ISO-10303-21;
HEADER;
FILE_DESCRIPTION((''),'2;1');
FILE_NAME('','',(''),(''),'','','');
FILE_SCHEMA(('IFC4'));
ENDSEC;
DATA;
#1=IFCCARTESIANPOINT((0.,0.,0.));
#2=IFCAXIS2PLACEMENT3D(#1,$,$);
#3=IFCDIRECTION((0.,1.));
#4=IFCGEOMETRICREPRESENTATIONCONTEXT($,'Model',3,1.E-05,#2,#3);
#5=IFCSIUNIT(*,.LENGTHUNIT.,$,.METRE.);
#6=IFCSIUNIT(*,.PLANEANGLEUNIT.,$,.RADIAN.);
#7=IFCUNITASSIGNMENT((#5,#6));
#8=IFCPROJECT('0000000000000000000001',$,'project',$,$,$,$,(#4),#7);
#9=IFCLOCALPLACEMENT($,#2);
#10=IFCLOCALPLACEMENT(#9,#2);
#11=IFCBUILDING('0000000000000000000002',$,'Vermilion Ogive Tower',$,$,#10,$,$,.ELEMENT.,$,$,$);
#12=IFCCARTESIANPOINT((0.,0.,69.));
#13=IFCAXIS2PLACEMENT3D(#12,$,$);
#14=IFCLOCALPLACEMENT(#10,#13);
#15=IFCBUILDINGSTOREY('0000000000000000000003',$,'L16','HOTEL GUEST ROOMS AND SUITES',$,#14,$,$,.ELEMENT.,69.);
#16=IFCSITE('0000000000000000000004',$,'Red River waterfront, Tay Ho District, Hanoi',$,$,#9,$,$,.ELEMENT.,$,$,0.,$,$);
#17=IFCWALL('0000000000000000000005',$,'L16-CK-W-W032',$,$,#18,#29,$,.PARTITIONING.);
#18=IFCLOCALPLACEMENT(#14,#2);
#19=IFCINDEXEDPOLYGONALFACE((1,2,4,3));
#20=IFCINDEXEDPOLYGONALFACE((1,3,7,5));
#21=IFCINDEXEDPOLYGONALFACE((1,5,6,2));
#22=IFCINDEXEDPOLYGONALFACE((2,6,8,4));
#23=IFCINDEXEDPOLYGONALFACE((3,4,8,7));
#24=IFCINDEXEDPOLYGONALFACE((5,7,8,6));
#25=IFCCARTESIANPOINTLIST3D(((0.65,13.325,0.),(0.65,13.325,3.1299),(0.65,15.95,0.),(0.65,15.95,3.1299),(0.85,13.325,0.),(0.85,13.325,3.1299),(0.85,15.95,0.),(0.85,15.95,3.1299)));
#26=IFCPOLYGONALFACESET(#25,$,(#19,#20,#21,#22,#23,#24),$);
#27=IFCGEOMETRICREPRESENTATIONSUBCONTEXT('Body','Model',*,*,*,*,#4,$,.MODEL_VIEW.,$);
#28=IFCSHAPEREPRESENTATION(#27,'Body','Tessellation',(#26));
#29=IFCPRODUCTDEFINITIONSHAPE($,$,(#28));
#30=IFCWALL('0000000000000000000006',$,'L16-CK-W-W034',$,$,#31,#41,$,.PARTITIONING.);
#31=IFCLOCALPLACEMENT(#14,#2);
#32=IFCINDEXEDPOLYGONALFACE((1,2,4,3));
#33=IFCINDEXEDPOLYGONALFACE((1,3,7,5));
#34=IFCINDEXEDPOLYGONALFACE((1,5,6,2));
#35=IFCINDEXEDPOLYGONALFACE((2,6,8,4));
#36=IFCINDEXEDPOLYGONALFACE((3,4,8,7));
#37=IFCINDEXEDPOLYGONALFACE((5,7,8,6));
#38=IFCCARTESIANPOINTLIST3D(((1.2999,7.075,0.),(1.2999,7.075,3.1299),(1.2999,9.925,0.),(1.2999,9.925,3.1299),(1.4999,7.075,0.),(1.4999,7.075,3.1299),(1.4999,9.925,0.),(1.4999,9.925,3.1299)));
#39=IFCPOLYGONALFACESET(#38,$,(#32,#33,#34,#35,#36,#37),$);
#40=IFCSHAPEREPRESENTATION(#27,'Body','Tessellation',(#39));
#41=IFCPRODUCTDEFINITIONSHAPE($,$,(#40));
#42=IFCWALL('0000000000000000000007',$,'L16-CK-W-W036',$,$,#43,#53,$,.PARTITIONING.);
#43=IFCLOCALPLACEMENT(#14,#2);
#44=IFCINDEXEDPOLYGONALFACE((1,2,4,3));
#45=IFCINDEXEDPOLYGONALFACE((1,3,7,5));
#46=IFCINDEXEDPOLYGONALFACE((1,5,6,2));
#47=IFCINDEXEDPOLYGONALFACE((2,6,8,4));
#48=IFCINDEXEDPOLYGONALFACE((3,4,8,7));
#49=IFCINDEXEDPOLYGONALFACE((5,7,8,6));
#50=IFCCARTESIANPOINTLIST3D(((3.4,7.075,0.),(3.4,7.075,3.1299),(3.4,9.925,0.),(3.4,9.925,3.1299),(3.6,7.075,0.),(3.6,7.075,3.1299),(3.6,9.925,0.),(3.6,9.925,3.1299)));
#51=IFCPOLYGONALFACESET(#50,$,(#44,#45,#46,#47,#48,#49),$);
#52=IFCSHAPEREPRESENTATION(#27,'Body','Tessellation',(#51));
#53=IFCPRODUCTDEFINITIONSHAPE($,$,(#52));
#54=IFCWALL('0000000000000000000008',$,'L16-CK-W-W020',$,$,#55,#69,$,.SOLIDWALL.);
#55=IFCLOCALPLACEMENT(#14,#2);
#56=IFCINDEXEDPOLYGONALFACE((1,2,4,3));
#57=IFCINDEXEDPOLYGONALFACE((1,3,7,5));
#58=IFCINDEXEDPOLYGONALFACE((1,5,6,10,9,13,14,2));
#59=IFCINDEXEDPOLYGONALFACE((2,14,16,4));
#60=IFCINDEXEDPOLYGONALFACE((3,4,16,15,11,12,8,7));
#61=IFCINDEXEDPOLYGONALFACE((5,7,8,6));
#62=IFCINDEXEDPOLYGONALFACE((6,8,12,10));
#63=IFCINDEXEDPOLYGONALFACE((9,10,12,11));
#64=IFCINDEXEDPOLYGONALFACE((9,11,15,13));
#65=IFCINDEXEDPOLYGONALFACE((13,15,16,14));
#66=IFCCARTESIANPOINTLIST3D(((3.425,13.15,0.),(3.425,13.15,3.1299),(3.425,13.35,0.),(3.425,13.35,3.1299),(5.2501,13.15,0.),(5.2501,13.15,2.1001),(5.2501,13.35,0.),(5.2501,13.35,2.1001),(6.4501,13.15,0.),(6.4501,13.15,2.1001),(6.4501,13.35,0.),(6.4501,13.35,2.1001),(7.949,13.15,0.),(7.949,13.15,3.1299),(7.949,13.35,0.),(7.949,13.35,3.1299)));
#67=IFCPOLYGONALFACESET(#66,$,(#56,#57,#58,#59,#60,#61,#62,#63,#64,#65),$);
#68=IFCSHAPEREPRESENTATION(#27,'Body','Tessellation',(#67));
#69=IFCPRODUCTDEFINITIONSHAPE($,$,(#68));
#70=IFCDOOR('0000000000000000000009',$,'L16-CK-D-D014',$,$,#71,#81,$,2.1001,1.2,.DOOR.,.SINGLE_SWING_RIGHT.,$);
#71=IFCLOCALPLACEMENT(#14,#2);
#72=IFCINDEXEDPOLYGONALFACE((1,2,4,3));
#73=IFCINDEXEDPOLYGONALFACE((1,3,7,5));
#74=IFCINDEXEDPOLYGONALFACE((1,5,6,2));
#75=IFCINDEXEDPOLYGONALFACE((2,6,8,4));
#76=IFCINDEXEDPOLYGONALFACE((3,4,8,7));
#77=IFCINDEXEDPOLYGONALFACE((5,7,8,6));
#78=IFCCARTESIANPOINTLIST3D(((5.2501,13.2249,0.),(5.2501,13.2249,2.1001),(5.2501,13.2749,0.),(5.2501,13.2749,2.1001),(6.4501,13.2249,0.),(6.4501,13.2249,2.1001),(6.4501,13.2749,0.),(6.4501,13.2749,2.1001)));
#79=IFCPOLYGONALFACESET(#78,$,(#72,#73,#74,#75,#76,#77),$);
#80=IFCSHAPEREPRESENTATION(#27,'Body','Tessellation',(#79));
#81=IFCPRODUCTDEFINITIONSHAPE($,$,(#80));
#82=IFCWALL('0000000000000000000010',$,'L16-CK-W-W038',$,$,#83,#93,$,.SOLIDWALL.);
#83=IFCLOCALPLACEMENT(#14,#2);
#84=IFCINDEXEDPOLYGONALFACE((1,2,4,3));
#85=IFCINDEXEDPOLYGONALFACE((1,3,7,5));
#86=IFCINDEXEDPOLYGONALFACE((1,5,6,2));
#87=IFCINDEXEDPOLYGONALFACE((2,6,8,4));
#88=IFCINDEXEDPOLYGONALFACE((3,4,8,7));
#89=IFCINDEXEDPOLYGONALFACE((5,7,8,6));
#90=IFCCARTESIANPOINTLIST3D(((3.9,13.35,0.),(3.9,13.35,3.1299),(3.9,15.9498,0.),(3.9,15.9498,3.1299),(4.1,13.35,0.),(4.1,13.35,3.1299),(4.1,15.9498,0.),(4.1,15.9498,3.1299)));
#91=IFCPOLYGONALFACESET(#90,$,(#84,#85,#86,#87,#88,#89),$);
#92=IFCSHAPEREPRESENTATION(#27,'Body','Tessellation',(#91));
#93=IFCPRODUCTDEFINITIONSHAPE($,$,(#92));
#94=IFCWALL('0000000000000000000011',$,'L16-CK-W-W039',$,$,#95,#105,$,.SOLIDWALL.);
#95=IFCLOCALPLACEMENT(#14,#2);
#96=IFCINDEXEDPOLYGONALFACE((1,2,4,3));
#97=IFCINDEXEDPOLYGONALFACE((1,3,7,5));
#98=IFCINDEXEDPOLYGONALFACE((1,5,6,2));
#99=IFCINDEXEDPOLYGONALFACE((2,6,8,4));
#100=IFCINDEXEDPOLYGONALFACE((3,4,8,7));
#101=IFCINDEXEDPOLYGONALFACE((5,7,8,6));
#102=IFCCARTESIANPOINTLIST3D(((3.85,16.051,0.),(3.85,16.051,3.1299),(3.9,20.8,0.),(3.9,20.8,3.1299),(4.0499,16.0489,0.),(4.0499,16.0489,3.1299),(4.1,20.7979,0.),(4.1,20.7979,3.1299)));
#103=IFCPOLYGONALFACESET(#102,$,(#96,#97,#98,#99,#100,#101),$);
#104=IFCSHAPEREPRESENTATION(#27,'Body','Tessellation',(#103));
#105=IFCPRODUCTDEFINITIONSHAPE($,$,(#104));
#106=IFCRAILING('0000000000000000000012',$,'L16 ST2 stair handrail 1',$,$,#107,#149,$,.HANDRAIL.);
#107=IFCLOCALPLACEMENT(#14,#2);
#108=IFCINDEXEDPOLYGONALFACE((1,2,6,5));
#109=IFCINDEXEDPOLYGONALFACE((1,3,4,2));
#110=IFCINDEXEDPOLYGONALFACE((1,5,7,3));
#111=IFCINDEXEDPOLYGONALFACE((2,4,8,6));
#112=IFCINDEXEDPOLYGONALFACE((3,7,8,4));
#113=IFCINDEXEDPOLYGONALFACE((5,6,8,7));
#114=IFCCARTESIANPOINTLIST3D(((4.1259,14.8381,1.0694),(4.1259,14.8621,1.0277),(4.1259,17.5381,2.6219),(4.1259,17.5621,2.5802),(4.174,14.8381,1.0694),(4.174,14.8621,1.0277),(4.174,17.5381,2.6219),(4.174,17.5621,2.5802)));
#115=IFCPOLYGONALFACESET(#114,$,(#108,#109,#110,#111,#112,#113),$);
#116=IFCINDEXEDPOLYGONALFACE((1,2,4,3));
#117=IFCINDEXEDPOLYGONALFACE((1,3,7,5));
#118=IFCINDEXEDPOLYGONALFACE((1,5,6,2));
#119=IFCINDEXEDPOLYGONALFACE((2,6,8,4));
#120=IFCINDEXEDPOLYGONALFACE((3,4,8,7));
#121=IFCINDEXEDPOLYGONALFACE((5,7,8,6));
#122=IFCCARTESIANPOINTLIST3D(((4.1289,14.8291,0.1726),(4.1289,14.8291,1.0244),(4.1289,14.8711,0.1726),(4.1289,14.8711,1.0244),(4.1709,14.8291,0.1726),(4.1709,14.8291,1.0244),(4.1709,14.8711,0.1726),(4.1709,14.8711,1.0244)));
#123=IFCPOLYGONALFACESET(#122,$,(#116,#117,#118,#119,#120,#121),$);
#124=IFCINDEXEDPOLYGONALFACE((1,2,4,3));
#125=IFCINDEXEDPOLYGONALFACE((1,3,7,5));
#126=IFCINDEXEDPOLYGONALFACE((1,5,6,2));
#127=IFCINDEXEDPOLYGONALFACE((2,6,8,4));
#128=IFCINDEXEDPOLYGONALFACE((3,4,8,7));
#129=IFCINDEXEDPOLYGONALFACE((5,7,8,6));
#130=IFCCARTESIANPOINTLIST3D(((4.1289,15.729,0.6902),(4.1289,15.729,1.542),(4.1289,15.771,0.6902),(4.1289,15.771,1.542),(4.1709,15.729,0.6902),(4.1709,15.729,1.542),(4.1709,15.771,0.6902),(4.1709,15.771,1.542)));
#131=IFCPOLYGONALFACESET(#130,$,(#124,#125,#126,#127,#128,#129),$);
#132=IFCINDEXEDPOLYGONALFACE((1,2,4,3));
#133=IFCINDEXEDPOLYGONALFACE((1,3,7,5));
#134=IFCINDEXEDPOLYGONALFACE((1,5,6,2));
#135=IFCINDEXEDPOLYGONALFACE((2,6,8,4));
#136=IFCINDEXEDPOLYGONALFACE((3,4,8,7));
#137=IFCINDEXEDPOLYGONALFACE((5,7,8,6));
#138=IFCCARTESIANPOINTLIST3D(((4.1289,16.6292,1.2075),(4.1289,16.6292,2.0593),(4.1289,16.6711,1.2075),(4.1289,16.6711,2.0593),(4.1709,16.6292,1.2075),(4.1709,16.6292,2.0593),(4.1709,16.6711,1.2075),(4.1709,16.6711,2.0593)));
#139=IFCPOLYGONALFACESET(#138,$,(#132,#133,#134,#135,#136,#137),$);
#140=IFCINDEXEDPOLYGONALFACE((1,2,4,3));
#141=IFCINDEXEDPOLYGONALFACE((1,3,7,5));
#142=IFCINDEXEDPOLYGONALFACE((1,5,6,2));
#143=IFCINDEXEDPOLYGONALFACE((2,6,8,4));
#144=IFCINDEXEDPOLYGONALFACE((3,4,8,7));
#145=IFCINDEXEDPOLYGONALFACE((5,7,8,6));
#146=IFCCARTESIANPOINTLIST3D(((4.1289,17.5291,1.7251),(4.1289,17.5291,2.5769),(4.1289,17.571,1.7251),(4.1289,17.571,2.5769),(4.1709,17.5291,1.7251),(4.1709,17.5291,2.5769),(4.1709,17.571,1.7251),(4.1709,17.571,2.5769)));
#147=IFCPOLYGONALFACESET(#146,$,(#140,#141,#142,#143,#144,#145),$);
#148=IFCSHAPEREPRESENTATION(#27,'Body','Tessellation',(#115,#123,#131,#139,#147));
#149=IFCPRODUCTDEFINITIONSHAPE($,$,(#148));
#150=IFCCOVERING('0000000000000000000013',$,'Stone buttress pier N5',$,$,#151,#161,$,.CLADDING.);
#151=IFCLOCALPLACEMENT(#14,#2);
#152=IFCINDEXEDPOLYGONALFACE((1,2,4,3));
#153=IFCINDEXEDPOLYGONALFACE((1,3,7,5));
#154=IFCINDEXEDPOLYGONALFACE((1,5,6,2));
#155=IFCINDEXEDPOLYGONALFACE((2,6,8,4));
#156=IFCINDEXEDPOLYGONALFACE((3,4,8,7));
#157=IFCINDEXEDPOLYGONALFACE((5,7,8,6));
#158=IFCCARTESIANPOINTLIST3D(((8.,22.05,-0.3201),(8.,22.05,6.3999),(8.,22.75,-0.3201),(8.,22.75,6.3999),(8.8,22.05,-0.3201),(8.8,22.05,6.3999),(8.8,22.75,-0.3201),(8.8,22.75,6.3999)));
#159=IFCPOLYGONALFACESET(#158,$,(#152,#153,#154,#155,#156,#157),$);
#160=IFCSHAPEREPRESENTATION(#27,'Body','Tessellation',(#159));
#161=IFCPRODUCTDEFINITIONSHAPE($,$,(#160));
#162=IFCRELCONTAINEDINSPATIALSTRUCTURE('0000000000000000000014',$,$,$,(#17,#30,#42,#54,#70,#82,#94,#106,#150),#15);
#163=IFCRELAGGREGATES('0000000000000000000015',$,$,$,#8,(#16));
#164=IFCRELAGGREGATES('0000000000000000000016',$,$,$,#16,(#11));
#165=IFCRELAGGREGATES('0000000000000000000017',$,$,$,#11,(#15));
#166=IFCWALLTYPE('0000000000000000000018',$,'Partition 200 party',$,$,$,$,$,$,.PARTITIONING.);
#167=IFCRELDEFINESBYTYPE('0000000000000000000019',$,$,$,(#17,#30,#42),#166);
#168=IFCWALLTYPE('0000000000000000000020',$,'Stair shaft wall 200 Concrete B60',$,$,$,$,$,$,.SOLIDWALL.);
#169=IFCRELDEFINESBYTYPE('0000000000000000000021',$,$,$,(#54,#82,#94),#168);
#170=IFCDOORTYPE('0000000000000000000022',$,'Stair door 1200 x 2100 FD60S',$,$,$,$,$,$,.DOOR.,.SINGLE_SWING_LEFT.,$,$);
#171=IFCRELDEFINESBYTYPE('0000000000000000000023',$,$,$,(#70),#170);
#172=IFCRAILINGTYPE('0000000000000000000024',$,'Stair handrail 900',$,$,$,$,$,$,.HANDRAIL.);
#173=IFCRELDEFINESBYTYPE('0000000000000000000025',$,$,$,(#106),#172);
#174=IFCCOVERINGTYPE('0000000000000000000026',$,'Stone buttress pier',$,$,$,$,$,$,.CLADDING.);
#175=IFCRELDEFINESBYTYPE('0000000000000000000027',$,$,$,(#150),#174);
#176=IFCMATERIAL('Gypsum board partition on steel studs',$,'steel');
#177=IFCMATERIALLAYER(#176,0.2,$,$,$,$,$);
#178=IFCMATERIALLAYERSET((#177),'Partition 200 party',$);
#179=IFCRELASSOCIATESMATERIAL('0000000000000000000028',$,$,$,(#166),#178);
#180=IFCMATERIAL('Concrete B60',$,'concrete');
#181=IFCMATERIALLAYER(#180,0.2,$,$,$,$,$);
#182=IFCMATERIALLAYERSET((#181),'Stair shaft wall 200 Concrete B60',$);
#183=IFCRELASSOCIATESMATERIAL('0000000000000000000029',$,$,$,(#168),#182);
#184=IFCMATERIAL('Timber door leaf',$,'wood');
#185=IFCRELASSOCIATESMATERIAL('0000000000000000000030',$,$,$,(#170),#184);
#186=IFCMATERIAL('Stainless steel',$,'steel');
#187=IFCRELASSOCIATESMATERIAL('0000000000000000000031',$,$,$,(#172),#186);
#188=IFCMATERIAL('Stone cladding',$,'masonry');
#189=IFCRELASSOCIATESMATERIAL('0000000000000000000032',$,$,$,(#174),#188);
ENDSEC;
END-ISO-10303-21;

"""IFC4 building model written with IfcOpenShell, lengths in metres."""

from ifc_helpers import new_model, si_unit, direction, frame, frame_2d, origin, origin_2d, place, context, subcontext, project, spatial, polyline, rectangle, outline, extrude, material, layer, layer_set, type_object, element, fill, save


model = new_model("IFC4")

# Units and contexts
model_context = context("Model", 3, precision=1e-05, world=origin(), true_north=direction((0.0, 1.0)))
body_context = subcontext(model_context, "Body", "Model", "MODEL_VIEW")
ifc_project = project(units=[si_unit("LENGTHUNIT", "METRE"), si_unit("PLANEANGLEUNIT", "RADIAN")], contexts=[model_context])

# Site, building, storey
site_placement = place(None, origin())
site = spatial("IfcSite", under=ifc_project, at=site_placement, Name="Red River waterfront, Tay Ho District, Hanoi", CompositionType="ELEMENT", RefElevation=0.0)
building_placement = place(site_placement, origin())
building = spatial("IfcBuilding", under=site, at=building_placement, Name="Vermilion Ogive Tower", CompositionType="ELEMENT")
storey_placement = place(building_placement, frame((0.0, 0.0, 69.0)))
storey = spatial("IfcBuildingStorey", under=building, at=storey_placement, Name="L16", Description="HOTEL GUEST ROOMS AND SUITES", CompositionType="ELEMENT", Elevation=69.0)

# Shared definitions
ifc_material_1 = material(Name="Gypsum board partition on steel studs", Category="steel")
ifc_layer_1 = layer(ifc_material_1, 0.2)
ifc_layer_set_1 = layer_set([ifc_layer_1], Name="Partition 200 party")
wall_type_1 = type_object("IfcWallType", Name="Partition 200 party", PredefinedType="PARTITIONING", material=ifc_layer_set_1)

# Walls
wall_1_placement = place(storey_placement, frame((0.75, 13.325, 0.0), z_axis=(0.0, 0.0, 1.0), x_axis=(0.0, 1.0, 0.0)))
element("IfcWall", 1, at=wall_1_placement, inside=storey, type_object=wall_type_1, Name="L16-CK-W-W032", PredefinedType="PARTITIONING", context=body_context, shape_type="SweptSolid", body=[
    extrude(rectangle(XDim=2.625, YDim=0.2, at=frame_2d((1.3125, 0.0))), origin(), (0.0, 0.0, 1.0), 3.1299),
])
for number, where, z_axis, x_axis, name in (
    (2, (1.3999, 7.075, 0.0), (0.0, 0.0, 1.0), (0.0, 1.0, 0.0), "L16-CK-W-W034"),
    (3, (3.5, 7.075, 0.0), (0.0, 0.0, 1.0), (0.0, 1.0, 0.0), "L16-CK-W-W036"),
):
    element("IfcWall", number, at=place(storey_placement, frame(where, z_axis=z_axis, x_axis=x_axis)), inside=storey, type_object=wall_type_1, Name=name, PredefinedType="PARTITIONING", context=body_context, shape_type="SweptSolid", body=[
        extrude(rectangle(XDim=2.8501, YDim=0.2, at=frame_2d((1.425, 0.0))), origin(), (0.0, 0.0, 1.0), 3.1299),
    ])

# Wall, opening, door
ifc_material_2 = material(Name="Concrete B60", Category="concrete")
ifc_layer_2 = layer(ifc_material_2, 0.2)
ifc_layer_set_2 = layer_set([ifc_layer_2], Name="Stair shaft wall 200 Concrete B60")
wall_type_2 = type_object("IfcWallType", Name="Stair shaft wall 200 Concrete B60", PredefinedType="SOLIDWALL", material=ifc_layer_set_2)
wall_2_placement = place(storey_placement, frame((3.425, 13.25, 0.0), z_axis=(0.0, 0.0, 1.0), x_axis=(1.0, 0.0, 0.0)))
wall_2 = element("IfcWall", 4, at=wall_2_placement, inside=storey, type_object=wall_type_2, Name="L16-CK-W-W020", PredefinedType="SOLIDWALL", context=body_context, shape_type="SweptSolid", body=[
    extrude(rectangle(XDim=4.5239, YDim=0.2, at=frame_2d((2.262, 0.0))), origin(), (0.0, 0.0, 1.0), 3.1299),
])
opening_1_placement = place(wall_2_placement, frame((1.825, 0.0, 0.0)))
opening_1 = element("IfcOpeningElement", 5, at=opening_1_placement, cuts=wall_2, PredefinedType="OPENING", context=body_context, shape_type="SweptSolid", body=[
    extrude(rectangle(XDim=1.2, YDim=2.1001, at=frame_2d((0.6001, 1.05))), frame((0.0, 0.1099, 0.0), z_axis=(0.0, -1.0, 0.0), x_axis=(1.0, 0.0, 0.0)), (0.0, 0.0, 1.0), 0.22),
])
ifc_material_3 = material(Name="Timber door leaf", Category="wood")
door_type_1 = type_object("IfcDoorType", Name="Stair door 1200 x 2100 FD60S", OperationType="SINGLE_SWING_LEFT", PredefinedType="DOOR", material=ifc_material_3)
door_1_placement = place(opening_1_placement, origin())
door_1 = element("IfcDoor", 6, at=door_1_placement, inside=storey, type_object=door_type_1, Name="L16-CK-D-D014", OperationType="SINGLE_SWING_RIGHT", OverallHeight=2.1001, OverallWidth=1.2, PredefinedType="DOOR", context=body_context, shape_type="SweptSolid", body=[
    extrude(rectangle(XDim=1.2, YDim=2.1001, at=frame_2d((0.6001, 1.05))), frame((0.0, 0.0249, 0.0), z_axis=(0.0, -1.0, 0.0), x_axis=(1.0, 0.0, 0.0)), (0.0, 0.0, 1.0), 0.05),
])
fill(opening_1, door_1)

# Walls
wall_3_placement = place(storey_placement, frame((4.0, 13.3501, 0.0), z_axis=(0.0, 0.0, 1.0), x_axis=(0.0, 1.0, 0.0)))
element("IfcWall", 7, at=wall_3_placement, inside=storey, type_object=wall_type_2, Name="L16-CK-W-W038", PredefinedType="SOLIDWALL", context=body_context, shape_type="SweptSolid", body=[
    extrude(rectangle(XDim=2.5999, YDim=0.2, at=frame_2d((1.2998, 0.0))), origin(), (0.0, 0.0, 1.0), 3.1299),
])
wall_4_placement = place(storey_placement, frame((3.95, 16.05, 0.0), z_axis=(0.0, 0.0, 1.0), x_axis=(0.010538, 0.999944, 0.0)))
element("IfcWall", 8, at=wall_4_placement, inside=storey, type_object=wall_type_2, Name="L16-CK-W-W039", PredefinedType="SOLIDWALL", context=body_context, shape_type="SweptSolid", body=[
    extrude(rectangle(XDim=4.7493, YDim=0.2, at=frame_2d((2.3745, 0.0))), origin(), (0.0, 0.0, 1.0), 3.1299),
])

# Railing
ifc_material_4 = material(Name="Stainless steel", Category="steel")
railing_type = type_object("IfcRailingType", Name="Stair handrail 900", PredefinedType="HANDRAIL", material=ifc_material_4)
railing_placement = place(storey_placement, frame((4.1499, 14.8501, 0.1726)))
element("IfcRailing", 9, at=railing_placement, inside=storey, type_object=railing_type, Name="L16 ST2 stair handrail 1", PredefinedType="HANDRAIL", context=body_context, shape_type="SweptSolid", body=[
    extrude(rectangle(XDim=0.0481, YDim=0.0481, at=origin_2d()), frame((0.0, 0.0, 0.876), z_axis=(0.0, 0.866904, 0.498476), x_axis=(-1.0, 0.0, 0.0)), (0.0, 0.0, 1.0), 3.1145),
    extrude(rectangle(XDim=0.042, YDim=0.042, at=origin_2d()), origin(), (0.0, 0.0, 1.0), 0.8518),
    extrude(rectangle(XDim=0.042, YDim=0.042, at=origin_2d()), frame((0.0, 0.8999, 0.5176)), (0.0, 0.0, 1.0), 0.8518),
    extrude(rectangle(XDim=0.042, YDim=0.042, at=origin_2d()), frame((0.0, 1.8, 1.0349)), (0.0, 0.0, 1.0), 0.8518),
    extrude(rectangle(XDim=0.042, YDim=0.042, at=origin_2d()), frame((0.0, 2.7, 1.5525)), (0.0, 0.0, 1.0), 0.8518),
])

# Covering
ifc_material_5 = material(Name="Stone cladding", Category="masonry")
covering_type = type_object("IfcCoveringType", Name="Stone buttress pier", PredefinedType="CLADDING", material=ifc_material_5)
covering_placement = place(storey_placement, frame((0.0, 0.0, -0.3201)))
element("IfcCovering", 10, at=covering_placement, inside=storey, type_object=covering_type, Name="Stone buttress pier N5", PredefinedType="CLADDING", context=body_context, shape_type="SweptSolid", body=[
    extrude(outline(polyline([(8.8, 22.75), (8.8, 22.05), (8.0, 22.05), (8.0, 22.75), (8.8, 22.75)])), origin(), (0.0, 0.0, 1.0), 6.72),
])

save(model, "model.ifc")
